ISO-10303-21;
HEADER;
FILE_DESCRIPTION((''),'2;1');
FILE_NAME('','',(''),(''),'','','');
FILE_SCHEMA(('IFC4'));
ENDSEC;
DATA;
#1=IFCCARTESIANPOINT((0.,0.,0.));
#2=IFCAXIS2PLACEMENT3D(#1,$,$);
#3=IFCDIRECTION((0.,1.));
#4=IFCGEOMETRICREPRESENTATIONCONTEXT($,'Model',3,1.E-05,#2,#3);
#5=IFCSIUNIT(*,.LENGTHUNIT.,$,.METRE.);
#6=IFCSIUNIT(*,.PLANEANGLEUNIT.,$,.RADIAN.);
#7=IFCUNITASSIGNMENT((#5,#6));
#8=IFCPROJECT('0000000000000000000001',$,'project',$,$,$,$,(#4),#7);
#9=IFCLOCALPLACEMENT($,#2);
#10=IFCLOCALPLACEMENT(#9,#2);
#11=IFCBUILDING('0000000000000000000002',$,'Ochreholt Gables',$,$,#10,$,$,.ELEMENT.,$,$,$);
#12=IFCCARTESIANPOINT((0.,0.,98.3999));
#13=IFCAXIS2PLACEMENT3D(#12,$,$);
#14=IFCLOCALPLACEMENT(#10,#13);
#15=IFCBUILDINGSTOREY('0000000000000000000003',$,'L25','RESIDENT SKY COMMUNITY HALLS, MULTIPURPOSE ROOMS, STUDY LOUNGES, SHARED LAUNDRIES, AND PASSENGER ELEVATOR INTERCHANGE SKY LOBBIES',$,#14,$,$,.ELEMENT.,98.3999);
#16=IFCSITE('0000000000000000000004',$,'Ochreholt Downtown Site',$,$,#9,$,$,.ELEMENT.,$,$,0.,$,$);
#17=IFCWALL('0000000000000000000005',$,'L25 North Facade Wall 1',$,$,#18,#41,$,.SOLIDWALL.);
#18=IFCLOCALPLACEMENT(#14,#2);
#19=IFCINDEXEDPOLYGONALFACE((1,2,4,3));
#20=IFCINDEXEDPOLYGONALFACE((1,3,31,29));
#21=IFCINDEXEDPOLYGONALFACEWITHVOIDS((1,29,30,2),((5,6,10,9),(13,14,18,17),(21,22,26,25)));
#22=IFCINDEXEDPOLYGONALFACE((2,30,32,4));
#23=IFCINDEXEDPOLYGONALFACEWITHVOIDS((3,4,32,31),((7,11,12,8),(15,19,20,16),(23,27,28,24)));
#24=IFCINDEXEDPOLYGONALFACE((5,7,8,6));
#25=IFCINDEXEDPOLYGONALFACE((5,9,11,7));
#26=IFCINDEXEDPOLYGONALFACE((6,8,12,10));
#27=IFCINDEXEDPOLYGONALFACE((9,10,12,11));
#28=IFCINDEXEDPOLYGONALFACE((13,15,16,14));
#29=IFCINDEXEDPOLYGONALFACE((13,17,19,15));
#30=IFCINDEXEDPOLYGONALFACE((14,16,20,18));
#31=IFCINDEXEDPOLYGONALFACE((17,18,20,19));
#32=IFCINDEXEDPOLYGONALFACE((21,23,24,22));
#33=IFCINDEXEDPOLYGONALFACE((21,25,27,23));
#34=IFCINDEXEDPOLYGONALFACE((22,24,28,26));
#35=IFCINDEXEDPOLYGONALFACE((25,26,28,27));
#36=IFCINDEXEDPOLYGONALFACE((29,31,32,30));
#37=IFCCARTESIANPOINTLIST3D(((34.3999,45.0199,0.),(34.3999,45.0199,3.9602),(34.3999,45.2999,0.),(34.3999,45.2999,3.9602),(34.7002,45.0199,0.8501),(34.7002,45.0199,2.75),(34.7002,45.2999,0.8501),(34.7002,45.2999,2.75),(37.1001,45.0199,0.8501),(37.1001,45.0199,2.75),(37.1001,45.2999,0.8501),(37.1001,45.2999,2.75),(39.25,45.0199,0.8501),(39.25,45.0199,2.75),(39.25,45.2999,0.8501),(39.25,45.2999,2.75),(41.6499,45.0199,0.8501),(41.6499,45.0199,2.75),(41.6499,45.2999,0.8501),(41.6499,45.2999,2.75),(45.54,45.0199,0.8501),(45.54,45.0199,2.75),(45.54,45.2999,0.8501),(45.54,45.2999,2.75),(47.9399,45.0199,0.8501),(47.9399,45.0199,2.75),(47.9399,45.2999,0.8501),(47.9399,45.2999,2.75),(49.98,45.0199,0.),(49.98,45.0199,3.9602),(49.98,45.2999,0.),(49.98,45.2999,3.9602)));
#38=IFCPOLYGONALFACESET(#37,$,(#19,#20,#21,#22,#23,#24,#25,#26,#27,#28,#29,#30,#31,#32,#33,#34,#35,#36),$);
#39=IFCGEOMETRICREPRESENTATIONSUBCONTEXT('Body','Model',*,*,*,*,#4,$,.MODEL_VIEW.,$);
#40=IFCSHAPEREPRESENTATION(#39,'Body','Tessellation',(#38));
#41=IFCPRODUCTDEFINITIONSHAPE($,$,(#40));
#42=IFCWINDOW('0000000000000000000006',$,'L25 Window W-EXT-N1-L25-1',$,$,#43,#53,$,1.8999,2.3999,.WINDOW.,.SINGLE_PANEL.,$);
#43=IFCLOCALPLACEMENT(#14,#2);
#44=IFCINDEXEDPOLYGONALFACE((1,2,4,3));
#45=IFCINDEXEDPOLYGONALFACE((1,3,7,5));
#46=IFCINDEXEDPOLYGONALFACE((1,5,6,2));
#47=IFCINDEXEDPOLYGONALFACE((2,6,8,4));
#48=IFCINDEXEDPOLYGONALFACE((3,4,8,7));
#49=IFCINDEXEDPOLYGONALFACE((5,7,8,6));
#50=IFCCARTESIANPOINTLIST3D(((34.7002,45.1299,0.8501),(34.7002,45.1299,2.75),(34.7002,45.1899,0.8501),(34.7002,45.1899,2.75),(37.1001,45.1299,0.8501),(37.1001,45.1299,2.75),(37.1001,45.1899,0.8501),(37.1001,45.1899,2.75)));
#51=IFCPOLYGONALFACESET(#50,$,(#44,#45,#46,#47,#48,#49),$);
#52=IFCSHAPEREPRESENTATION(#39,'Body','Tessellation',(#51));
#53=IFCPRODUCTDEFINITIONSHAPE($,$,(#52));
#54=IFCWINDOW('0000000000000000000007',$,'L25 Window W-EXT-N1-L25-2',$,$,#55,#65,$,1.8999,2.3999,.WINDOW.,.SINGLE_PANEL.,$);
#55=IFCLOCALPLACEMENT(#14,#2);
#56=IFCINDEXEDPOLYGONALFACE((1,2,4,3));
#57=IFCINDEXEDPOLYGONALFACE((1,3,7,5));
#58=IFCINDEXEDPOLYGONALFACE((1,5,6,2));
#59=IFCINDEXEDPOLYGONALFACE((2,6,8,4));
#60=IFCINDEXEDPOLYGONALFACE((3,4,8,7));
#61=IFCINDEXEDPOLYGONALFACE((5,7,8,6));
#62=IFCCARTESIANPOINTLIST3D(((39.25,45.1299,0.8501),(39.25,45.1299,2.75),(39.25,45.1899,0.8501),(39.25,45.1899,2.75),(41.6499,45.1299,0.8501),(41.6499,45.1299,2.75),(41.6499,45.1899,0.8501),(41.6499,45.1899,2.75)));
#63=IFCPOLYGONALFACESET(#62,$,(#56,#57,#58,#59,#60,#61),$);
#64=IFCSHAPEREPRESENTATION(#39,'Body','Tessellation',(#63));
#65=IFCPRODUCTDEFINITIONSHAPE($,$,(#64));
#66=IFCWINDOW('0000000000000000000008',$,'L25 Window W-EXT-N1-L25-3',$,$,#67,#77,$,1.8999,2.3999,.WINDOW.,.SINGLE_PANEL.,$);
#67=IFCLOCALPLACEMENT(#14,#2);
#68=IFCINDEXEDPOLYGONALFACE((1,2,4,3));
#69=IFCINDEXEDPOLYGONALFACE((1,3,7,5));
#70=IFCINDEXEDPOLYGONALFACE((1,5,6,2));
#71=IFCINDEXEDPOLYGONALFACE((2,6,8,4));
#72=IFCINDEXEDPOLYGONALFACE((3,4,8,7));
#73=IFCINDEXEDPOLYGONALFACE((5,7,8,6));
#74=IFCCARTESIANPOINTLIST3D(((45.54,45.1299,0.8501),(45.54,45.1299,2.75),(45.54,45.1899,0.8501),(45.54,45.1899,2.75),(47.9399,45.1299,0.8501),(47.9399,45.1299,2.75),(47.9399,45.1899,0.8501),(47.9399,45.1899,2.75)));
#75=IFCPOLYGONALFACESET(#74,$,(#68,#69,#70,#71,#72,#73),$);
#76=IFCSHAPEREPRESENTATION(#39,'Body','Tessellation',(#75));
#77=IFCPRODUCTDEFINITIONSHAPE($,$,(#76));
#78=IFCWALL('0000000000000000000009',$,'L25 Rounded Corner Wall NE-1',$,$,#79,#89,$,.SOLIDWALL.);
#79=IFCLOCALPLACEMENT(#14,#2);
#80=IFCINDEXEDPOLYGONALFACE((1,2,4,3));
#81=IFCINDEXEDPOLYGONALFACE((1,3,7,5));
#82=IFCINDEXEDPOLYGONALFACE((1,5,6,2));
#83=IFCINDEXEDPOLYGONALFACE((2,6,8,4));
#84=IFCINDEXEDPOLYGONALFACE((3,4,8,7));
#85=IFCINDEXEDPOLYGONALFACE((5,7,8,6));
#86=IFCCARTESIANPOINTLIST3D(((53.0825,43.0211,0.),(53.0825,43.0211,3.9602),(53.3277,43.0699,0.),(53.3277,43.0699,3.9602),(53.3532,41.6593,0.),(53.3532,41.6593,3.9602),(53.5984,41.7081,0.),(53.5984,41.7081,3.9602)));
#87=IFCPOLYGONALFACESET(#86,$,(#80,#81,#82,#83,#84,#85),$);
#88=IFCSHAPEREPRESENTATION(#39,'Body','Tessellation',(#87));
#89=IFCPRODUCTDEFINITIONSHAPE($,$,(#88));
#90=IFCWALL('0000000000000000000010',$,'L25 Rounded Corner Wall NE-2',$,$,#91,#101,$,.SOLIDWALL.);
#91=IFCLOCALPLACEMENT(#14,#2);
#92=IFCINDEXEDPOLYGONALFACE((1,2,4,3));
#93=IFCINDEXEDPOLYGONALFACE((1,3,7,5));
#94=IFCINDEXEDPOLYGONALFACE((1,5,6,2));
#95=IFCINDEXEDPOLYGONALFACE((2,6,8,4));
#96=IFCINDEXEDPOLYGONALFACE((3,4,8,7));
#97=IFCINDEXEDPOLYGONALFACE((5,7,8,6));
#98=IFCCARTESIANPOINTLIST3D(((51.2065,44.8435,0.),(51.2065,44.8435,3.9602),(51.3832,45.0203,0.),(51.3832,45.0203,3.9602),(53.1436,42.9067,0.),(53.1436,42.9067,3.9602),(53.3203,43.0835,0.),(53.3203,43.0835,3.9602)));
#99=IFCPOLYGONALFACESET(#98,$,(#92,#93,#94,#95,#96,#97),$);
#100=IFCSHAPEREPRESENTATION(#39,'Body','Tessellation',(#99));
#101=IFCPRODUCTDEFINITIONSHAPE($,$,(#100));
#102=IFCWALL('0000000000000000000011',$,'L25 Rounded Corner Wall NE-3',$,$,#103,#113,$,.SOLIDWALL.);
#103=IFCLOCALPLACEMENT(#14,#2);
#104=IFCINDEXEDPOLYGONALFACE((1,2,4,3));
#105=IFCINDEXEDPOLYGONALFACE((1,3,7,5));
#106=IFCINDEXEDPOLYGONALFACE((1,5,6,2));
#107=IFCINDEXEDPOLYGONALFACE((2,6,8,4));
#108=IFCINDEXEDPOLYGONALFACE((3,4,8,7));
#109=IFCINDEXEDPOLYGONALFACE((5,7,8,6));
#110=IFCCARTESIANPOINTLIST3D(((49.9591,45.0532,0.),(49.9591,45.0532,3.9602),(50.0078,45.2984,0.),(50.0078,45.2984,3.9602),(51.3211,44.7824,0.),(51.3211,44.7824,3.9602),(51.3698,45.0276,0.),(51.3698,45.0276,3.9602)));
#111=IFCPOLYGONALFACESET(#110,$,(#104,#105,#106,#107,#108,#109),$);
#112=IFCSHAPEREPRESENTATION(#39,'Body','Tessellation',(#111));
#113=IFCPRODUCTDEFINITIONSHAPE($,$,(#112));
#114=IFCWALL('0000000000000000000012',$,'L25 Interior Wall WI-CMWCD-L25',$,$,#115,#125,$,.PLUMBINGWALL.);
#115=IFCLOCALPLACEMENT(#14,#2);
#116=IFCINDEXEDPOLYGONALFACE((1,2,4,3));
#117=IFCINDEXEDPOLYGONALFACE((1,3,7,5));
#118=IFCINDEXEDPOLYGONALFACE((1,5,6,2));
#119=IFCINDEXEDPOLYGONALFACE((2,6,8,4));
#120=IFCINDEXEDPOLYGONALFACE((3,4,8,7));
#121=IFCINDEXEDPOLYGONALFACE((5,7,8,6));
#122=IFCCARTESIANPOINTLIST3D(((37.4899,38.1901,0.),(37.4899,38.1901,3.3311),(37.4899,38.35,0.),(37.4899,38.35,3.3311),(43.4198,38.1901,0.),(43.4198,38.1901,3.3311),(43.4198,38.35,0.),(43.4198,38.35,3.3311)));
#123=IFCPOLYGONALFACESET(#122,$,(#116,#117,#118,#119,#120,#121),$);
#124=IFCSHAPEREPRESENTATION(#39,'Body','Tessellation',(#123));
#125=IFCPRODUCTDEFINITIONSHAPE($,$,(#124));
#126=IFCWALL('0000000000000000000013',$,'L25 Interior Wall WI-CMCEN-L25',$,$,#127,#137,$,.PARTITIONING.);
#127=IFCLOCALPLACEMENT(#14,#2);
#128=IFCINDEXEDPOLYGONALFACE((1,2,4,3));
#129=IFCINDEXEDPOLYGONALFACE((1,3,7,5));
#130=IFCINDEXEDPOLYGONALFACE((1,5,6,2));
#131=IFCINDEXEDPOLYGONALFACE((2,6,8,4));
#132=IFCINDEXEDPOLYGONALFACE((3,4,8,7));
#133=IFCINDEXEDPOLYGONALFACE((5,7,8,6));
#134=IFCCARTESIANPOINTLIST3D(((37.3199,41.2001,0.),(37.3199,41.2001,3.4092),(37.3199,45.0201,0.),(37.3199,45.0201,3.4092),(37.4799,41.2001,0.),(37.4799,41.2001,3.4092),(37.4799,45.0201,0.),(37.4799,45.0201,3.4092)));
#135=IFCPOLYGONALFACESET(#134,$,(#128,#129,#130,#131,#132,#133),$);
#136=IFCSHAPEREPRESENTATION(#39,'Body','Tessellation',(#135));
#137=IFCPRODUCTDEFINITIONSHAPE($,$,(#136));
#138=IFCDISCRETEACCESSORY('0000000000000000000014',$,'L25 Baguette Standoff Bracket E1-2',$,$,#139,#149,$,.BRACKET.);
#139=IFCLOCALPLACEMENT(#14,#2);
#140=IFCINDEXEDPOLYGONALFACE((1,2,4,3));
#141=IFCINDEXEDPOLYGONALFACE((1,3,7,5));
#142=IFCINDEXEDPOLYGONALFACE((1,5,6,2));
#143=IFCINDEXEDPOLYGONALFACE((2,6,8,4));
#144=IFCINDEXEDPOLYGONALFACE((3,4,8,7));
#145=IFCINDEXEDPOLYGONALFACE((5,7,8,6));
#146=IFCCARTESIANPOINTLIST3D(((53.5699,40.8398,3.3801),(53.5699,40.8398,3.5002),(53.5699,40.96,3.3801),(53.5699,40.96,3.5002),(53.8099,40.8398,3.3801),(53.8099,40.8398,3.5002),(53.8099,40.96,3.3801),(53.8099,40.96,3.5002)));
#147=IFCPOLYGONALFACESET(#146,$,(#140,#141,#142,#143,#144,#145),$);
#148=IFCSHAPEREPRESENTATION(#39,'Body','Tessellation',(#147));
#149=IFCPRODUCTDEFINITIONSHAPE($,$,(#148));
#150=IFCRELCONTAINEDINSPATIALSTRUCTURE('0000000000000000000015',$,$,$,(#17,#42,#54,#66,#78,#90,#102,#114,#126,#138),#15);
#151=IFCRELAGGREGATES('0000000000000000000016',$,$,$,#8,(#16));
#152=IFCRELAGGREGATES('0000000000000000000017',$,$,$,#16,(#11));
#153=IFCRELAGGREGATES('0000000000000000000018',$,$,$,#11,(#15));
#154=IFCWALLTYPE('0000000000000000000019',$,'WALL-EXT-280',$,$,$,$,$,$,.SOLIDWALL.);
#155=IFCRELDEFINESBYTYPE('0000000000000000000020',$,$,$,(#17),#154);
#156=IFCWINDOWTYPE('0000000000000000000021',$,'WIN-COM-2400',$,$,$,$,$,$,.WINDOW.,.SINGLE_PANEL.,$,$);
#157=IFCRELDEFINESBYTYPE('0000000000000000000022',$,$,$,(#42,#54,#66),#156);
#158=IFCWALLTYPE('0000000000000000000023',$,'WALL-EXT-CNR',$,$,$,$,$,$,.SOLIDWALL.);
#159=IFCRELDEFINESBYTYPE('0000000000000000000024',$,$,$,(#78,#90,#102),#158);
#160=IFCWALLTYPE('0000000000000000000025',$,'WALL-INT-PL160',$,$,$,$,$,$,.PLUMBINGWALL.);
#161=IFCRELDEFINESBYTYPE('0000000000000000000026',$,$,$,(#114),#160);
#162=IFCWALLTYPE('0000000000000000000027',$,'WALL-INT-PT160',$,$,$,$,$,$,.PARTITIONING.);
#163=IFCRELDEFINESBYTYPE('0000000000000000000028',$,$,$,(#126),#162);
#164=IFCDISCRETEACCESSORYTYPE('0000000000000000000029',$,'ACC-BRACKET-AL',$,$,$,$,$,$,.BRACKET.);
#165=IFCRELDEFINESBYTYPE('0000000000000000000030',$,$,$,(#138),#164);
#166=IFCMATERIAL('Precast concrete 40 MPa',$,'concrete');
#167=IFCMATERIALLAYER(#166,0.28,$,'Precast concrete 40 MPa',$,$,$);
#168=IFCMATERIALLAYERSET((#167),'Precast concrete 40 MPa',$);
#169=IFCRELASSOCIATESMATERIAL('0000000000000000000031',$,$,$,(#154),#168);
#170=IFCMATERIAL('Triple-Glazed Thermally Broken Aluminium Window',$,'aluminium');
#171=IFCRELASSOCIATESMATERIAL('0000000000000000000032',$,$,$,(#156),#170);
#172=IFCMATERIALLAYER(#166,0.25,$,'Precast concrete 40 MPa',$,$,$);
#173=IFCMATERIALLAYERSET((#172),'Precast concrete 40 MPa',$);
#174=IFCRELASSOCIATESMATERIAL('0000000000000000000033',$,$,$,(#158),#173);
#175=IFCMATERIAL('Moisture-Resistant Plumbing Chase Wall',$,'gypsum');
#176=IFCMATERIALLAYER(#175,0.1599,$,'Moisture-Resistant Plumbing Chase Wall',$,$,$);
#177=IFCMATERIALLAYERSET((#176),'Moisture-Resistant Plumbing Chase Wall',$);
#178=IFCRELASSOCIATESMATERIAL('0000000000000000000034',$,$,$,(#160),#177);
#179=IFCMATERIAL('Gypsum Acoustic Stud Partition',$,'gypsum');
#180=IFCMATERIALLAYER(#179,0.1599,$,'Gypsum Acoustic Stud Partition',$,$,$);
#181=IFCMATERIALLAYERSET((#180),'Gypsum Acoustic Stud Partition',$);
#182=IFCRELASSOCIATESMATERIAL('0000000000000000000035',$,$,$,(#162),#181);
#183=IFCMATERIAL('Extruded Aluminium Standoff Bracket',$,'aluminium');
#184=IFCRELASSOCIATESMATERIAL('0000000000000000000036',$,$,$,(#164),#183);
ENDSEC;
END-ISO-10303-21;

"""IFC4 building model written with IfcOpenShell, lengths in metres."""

from ifc_helpers import new_model, si_unit, direction, frame, frame_2d, origin, origin_2d, place, context, subcontext, project, spatial, rectangle, extrude, material, layer, layer_set, type_object, element, fill, save


model = new_model("IFC4")

# Units and contexts
model_context = context("Model", 3, precision=1e-05, world=origin(), true_north=direction((0.0, 1.0)))
body_context = subcontext(model_context, "Body", "Model", "MODEL_VIEW")
ifc_project = project(units=[si_unit("LENGTHUNIT", "METRE"), si_unit("PLANEANGLEUNIT", "RADIAN")], contexts=[model_context])

# Site, building, storey
site_placement = place(None, origin())
site = spatial("IfcSite", under=ifc_project, at=site_placement, Name="Ochreholt Downtown Site", CompositionType="ELEMENT", RefElevation=0.0)
building_placement = place(site_placement, origin())
building = spatial("IfcBuilding", under=site, at=building_placement, Name="Ochreholt Gables", CompositionType="ELEMENT")
storey_placement = place(building_placement, frame((0.0, 0.0, 98.3999)))
storey = spatial("IfcBuildingStorey", under=building, at=storey_placement, Name="L25", Description="RESIDENT SKY COMMUNITY HALLS, MULTIPURPOSE ROOMS, STUDY LOUNGES, SHARED LAUNDRIES, AND PASSENGER ELEVATOR INTERCHANGE SKY LOBBIES", CompositionType="ELEMENT", Elevation=98.3999)

# Wall, openings, windows
ifc_material_1 = material(Name="Precast concrete 40 MPa", Category="concrete")
ifc_layer_1 = layer(ifc_material_1, 0.28, Name="Precast concrete 40 MPa")
ifc_layer_set_1 = layer_set([ifc_layer_1], Name="Precast concrete 40 MPa")
wall_type_1 = type_object("IfcWallType", Name="WALL-EXT-280", PredefinedType="SOLIDWALL", material=ifc_layer_set_1)
wall_1_placement = place(storey_placement, frame((49.98, 45.1599, 0.0), z_axis=(0.0, 0.0, 1.0), x_axis=(-1.0, 0.0, 0.0)))
wall_1 = element("IfcWall", 1, at=wall_1_placement, inside=storey, type_object=wall_type_1, Name="L25 North Facade Wall 1", PredefinedType="SOLIDWALL", context=body_context, shape_type="SweptSolid", body=[
    extrude(rectangle(XDim=15.5801, YDim=0.28, at=frame_2d((7.79, 0.0))), origin(), (0.0, 0.0, 1.0), 3.9602),
])
opening_1_placement = place(wall_1_placement, frame((12.8799, 0.0, 0.8501)))
opening_1 = element("IfcOpeningElement", 2, at=opening_1_placement, cuts=wall_1, PredefinedType="OPENING", context=body_context, shape_type="SweptSolid", body=[
    extrude(rectangle(XDim=2.3999, YDim=1.8999, at=frame_2d((1.2, 0.95))), frame((0.0, 0.1499, 0.0), z_axis=(0.0, -1.0, 0.0), x_axis=(1.0, 0.0, 0.0)), (0.0, 0.0, 1.0), 0.3),
])
opening_2_placement = place(wall_1_placement, frame((8.3301, 0.0, 0.8501)))
opening_2 = element("IfcOpeningElement", 3, at=opening_2_placement, cuts=wall_1, PredefinedType="OPENING", context=body_context, shape_type="SweptSolid", body=[
    extrude(rectangle(XDim=2.3999, YDim=1.8999, at=frame_2d((1.2, 0.95))), frame((0.0, 0.1499, 0.0), z_axis=(0.0, -1.0, 0.0), x_axis=(1.0, 0.0, 0.0)), (0.0, 0.0, 1.0), 0.3),
])
opening_3_placement = place(wall_1_placement, frame((2.04, 0.0, 0.8501)))
opening_3 = element("IfcOpeningElement", 4, at=opening_3_placement, cuts=wall_1, PredefinedType="OPENING", context=body_context, shape_type="SweptSolid", body=[
    extrude(rectangle(XDim=2.3999, YDim=1.8999, at=frame_2d((1.2, 0.95))), frame((0.0, 0.1499, 0.0), z_axis=(0.0, -1.0, 0.0), x_axis=(1.0, 0.0, 0.0)), (0.0, 0.0, 1.0), 0.3),
])
ifc_material_2 = material(Name="Triple-Glazed Thermally Broken Aluminium Window", Category="aluminium")
window_type = type_object("IfcWindowType", Name="WIN-COM-2400", PartitioningType="SINGLE_PANEL", PredefinedType="WINDOW", material=ifc_material_2)
window_1_placement = place(opening_1_placement, origin())
window_1 = element("IfcWindow", 5, at=window_1_placement, inside=storey, type_object=window_type, Name="L25 Window W-EXT-N1-L25-1", OverallHeight=1.8999, OverallWidth=2.3999, PartitioningType="SINGLE_PANEL", PredefinedType="WINDOW", context=body_context, shape_type="SweptSolid", body=[
    extrude(rectangle(XDim=2.3999, YDim=1.8999, at=frame_2d((1.2, 0.95))), frame((0.0, 0.03, 0.0), z_axis=(0.0, -1.0, 0.0), x_axis=(1.0, 0.0, 0.0)), (0.0, 0.0, 1.0), 0.0601),
])
fill(opening_1, window_1)
window_2_placement = place(opening_2_placement, origin())
window_2 = element("IfcWindow", 6, at=window_2_placement, inside=storey, type_object=window_type, Name="L25 Window W-EXT-N1-L25-2", OverallHeight=1.8999, OverallWidth=2.3999, PartitioningType="SINGLE_PANEL", PredefinedType="WINDOW", context=body_context, shape_type="SweptSolid", body=[
    extrude(rectangle(XDim=2.3999, YDim=1.8999, at=frame_2d((1.2, 0.95))), frame((0.0, 0.03, 0.0), z_axis=(0.0, -1.0, 0.0), x_axis=(1.0, 0.0, 0.0)), (0.0, 0.0, 1.0), 0.0601),
])
fill(opening_2, window_2)
window_3_placement = place(opening_3_placement, origin())
window_3 = element("IfcWindow", 7, at=window_3_placement, inside=storey, type_object=window_type, Name="L25 Window W-EXT-N1-L25-3", OverallHeight=1.8999, OverallWidth=2.3999, PartitioningType="SINGLE_PANEL", PredefinedType="WINDOW", context=body_context, shape_type="SweptSolid", body=[
    extrude(rectangle(XDim=2.3999, YDim=1.8999, at=frame_2d((1.2, 0.95))), frame((0.0, 0.03, 0.0), z_axis=(0.0, -1.0, 0.0), x_axis=(1.0, 0.0, 0.0)), (0.0, 0.0, 1.0), 0.0601),
])
fill(opening_3, window_3)

# Walls
ifc_layer_2 = layer(ifc_material_1, 0.25, Name="Precast concrete 40 MPa")
ifc_layer_set_2 = layer_set([ifc_layer_2], Name="Precast concrete 40 MPa")
wall_type_2 = type_object("IfcWallType", Name="WALL-EXT-CNR", PredefinedType="SOLIDWALL", material=ifc_layer_set_2)
wall_2_placement = place(storey_placement, frame((53.4758, 41.6836, 0.0), z_axis=(0.0, 0.0, 1.0), x_axis=(-0.195, 0.980803, 0.0)))
element("IfcWall", 8, at=wall_2_placement, inside=storey, type_object=wall_type_2, Name="L25 Rounded Corner Wall NE-1", PredefinedType="SOLIDWALL", context=body_context, shape_type="SweptSolid", body=[
    extrude(rectangle(XDim=1.3884, YDim=0.25, at=frame_2d((0.6943, 0.0))), origin(), (0.0, 0.0, 1.0), 3.9602),
])
wall_3_placement = place(storey_placement, frame((53.2319, 42.9951, 0.0), z_axis=(0.0, 0.0, 1.0), x_axis=(-0.707151, 0.707062, 0.0)))
element("IfcWall", 9, at=wall_3_placement, inside=storey, type_object=wall_type_2, Name="L25 Rounded Corner Wall NE-2", PredefinedType="SOLIDWALL", context=body_context, shape_type="SweptSolid", body=[
    extrude(rectangle(XDim=2.7393, YDim=0.25, at=frame_2d((1.3696, 0.0))), origin(), (0.0, 0.0, 1.0), 3.9602),
])
wall_4_placement = place(storey_placement, frame((51.3455, 44.905, 0.0), z_axis=(0.0, 0.0, 1.0), x_axis=(-0.98081, 0.194967, 0.0)))
element("IfcWall", 10, at=wall_4_placement, inside=storey, type_object=wall_type_2, Name="L25 Rounded Corner Wall NE-3", PredefinedType="SOLIDWALL", context=body_context, shape_type="SweptSolid", body=[
    extrude(rectangle(XDim=1.3887, YDim=0.25, at=frame_2d((0.6943, 0.0))), origin(), (0.0, 0.0, 1.0), 3.9602),
])
ifc_material_3 = material(Name="Moisture-Resistant Plumbing Chase Wall", Category="gypsum")
ifc_layer_3 = layer(ifc_material_3, 0.1599, Name="Moisture-Resistant Plumbing Chase Wall")
ifc_layer_set_3 = layer_set([ifc_layer_3], Name="Moisture-Resistant Plumbing Chase Wall")
wall_type_3 = type_object("IfcWallType", Name="WALL-INT-PL160", PredefinedType="PLUMBINGWALL", material=ifc_layer_set_3)
wall_5_placement = place(storey_placement, frame((37.49, 38.27, 0.0), z_axis=(0.0, 0.0, 1.0), x_axis=(1.0, 0.0, 0.0)))
element("IfcWall", 11, at=wall_5_placement, inside=storey, type_object=wall_type_3, Name="L25 Interior Wall WI-CMWCD-L25", PredefinedType="PLUMBINGWALL", context=body_context, shape_type="SweptSolid", body=[
    extrude(rectangle(XDim=5.9299, YDim=0.1599, at=frame_2d((2.9648, 0.0))), origin(), (0.0, 0.0, 1.0), 3.3311),
])
ifc_material_4 = material(Name="Gypsum Acoustic Stud Partition", Category="gypsum")
ifc_layer_4 = layer(ifc_material_4, 0.1599, Name="Gypsum Acoustic Stud Partition")
ifc_layer_set_4 = layer_set([ifc_layer_4], Name="Gypsum Acoustic Stud Partition")
wall_type_4 = type_object("IfcWallType", Name="WALL-INT-PT160", PredefinedType="PARTITIONING", material=ifc_layer_set_4)
wall_6_placement = place(storey_placement, frame((37.3999, 41.2, 0.0), z_axis=(0.0, 0.0, 1.0), x_axis=(0.0, 1.0, 0.0)))
element("IfcWall", 12, at=wall_6_placement, inside=storey, type_object=wall_type_4, Name="L25 Interior Wall WI-CMCEN-L25", PredefinedType="PARTITIONING", context=body_context, shape_type="SweptSolid", body=[
    extrude(rectangle(XDim=3.8201, YDim=0.1599, at=frame_2d((1.9102, 0.0))), origin(), (0.0, 0.0, 1.0), 3.4092),
])

# Discrete accessory
ifc_material_5 = material(Name="Extruded Aluminium Standoff Bracket", Category="aluminium")
discrete_accessory_type = type_object("IfcDiscreteAccessoryType", Name="ACC-BRACKET-AL", PredefinedType="BRACKET", material=ifc_material_5)
discrete_accessory_placement = place(storey_placement, frame((53.6899, 40.8999, 3.3801), z_axis=(0.0, 0.0, 1.0), x_axis=(0.0, 1.0, 0.0)))
element("IfcDiscreteAccessory", 13, at=discrete_accessory_placement, inside=storey, type_object=discrete_accessory_type, Name="L25 Baguette Standoff Bracket E1-2", PredefinedType="BRACKET", context=body_context, shape_type="SweptSolid", body=[
    extrude(rectangle(XDim=0.1201, YDim=0.24, at=origin_2d()), origin(), (0.0, 0.0, 1.0), 0.1201),
])

save(model, "model.ifc")
